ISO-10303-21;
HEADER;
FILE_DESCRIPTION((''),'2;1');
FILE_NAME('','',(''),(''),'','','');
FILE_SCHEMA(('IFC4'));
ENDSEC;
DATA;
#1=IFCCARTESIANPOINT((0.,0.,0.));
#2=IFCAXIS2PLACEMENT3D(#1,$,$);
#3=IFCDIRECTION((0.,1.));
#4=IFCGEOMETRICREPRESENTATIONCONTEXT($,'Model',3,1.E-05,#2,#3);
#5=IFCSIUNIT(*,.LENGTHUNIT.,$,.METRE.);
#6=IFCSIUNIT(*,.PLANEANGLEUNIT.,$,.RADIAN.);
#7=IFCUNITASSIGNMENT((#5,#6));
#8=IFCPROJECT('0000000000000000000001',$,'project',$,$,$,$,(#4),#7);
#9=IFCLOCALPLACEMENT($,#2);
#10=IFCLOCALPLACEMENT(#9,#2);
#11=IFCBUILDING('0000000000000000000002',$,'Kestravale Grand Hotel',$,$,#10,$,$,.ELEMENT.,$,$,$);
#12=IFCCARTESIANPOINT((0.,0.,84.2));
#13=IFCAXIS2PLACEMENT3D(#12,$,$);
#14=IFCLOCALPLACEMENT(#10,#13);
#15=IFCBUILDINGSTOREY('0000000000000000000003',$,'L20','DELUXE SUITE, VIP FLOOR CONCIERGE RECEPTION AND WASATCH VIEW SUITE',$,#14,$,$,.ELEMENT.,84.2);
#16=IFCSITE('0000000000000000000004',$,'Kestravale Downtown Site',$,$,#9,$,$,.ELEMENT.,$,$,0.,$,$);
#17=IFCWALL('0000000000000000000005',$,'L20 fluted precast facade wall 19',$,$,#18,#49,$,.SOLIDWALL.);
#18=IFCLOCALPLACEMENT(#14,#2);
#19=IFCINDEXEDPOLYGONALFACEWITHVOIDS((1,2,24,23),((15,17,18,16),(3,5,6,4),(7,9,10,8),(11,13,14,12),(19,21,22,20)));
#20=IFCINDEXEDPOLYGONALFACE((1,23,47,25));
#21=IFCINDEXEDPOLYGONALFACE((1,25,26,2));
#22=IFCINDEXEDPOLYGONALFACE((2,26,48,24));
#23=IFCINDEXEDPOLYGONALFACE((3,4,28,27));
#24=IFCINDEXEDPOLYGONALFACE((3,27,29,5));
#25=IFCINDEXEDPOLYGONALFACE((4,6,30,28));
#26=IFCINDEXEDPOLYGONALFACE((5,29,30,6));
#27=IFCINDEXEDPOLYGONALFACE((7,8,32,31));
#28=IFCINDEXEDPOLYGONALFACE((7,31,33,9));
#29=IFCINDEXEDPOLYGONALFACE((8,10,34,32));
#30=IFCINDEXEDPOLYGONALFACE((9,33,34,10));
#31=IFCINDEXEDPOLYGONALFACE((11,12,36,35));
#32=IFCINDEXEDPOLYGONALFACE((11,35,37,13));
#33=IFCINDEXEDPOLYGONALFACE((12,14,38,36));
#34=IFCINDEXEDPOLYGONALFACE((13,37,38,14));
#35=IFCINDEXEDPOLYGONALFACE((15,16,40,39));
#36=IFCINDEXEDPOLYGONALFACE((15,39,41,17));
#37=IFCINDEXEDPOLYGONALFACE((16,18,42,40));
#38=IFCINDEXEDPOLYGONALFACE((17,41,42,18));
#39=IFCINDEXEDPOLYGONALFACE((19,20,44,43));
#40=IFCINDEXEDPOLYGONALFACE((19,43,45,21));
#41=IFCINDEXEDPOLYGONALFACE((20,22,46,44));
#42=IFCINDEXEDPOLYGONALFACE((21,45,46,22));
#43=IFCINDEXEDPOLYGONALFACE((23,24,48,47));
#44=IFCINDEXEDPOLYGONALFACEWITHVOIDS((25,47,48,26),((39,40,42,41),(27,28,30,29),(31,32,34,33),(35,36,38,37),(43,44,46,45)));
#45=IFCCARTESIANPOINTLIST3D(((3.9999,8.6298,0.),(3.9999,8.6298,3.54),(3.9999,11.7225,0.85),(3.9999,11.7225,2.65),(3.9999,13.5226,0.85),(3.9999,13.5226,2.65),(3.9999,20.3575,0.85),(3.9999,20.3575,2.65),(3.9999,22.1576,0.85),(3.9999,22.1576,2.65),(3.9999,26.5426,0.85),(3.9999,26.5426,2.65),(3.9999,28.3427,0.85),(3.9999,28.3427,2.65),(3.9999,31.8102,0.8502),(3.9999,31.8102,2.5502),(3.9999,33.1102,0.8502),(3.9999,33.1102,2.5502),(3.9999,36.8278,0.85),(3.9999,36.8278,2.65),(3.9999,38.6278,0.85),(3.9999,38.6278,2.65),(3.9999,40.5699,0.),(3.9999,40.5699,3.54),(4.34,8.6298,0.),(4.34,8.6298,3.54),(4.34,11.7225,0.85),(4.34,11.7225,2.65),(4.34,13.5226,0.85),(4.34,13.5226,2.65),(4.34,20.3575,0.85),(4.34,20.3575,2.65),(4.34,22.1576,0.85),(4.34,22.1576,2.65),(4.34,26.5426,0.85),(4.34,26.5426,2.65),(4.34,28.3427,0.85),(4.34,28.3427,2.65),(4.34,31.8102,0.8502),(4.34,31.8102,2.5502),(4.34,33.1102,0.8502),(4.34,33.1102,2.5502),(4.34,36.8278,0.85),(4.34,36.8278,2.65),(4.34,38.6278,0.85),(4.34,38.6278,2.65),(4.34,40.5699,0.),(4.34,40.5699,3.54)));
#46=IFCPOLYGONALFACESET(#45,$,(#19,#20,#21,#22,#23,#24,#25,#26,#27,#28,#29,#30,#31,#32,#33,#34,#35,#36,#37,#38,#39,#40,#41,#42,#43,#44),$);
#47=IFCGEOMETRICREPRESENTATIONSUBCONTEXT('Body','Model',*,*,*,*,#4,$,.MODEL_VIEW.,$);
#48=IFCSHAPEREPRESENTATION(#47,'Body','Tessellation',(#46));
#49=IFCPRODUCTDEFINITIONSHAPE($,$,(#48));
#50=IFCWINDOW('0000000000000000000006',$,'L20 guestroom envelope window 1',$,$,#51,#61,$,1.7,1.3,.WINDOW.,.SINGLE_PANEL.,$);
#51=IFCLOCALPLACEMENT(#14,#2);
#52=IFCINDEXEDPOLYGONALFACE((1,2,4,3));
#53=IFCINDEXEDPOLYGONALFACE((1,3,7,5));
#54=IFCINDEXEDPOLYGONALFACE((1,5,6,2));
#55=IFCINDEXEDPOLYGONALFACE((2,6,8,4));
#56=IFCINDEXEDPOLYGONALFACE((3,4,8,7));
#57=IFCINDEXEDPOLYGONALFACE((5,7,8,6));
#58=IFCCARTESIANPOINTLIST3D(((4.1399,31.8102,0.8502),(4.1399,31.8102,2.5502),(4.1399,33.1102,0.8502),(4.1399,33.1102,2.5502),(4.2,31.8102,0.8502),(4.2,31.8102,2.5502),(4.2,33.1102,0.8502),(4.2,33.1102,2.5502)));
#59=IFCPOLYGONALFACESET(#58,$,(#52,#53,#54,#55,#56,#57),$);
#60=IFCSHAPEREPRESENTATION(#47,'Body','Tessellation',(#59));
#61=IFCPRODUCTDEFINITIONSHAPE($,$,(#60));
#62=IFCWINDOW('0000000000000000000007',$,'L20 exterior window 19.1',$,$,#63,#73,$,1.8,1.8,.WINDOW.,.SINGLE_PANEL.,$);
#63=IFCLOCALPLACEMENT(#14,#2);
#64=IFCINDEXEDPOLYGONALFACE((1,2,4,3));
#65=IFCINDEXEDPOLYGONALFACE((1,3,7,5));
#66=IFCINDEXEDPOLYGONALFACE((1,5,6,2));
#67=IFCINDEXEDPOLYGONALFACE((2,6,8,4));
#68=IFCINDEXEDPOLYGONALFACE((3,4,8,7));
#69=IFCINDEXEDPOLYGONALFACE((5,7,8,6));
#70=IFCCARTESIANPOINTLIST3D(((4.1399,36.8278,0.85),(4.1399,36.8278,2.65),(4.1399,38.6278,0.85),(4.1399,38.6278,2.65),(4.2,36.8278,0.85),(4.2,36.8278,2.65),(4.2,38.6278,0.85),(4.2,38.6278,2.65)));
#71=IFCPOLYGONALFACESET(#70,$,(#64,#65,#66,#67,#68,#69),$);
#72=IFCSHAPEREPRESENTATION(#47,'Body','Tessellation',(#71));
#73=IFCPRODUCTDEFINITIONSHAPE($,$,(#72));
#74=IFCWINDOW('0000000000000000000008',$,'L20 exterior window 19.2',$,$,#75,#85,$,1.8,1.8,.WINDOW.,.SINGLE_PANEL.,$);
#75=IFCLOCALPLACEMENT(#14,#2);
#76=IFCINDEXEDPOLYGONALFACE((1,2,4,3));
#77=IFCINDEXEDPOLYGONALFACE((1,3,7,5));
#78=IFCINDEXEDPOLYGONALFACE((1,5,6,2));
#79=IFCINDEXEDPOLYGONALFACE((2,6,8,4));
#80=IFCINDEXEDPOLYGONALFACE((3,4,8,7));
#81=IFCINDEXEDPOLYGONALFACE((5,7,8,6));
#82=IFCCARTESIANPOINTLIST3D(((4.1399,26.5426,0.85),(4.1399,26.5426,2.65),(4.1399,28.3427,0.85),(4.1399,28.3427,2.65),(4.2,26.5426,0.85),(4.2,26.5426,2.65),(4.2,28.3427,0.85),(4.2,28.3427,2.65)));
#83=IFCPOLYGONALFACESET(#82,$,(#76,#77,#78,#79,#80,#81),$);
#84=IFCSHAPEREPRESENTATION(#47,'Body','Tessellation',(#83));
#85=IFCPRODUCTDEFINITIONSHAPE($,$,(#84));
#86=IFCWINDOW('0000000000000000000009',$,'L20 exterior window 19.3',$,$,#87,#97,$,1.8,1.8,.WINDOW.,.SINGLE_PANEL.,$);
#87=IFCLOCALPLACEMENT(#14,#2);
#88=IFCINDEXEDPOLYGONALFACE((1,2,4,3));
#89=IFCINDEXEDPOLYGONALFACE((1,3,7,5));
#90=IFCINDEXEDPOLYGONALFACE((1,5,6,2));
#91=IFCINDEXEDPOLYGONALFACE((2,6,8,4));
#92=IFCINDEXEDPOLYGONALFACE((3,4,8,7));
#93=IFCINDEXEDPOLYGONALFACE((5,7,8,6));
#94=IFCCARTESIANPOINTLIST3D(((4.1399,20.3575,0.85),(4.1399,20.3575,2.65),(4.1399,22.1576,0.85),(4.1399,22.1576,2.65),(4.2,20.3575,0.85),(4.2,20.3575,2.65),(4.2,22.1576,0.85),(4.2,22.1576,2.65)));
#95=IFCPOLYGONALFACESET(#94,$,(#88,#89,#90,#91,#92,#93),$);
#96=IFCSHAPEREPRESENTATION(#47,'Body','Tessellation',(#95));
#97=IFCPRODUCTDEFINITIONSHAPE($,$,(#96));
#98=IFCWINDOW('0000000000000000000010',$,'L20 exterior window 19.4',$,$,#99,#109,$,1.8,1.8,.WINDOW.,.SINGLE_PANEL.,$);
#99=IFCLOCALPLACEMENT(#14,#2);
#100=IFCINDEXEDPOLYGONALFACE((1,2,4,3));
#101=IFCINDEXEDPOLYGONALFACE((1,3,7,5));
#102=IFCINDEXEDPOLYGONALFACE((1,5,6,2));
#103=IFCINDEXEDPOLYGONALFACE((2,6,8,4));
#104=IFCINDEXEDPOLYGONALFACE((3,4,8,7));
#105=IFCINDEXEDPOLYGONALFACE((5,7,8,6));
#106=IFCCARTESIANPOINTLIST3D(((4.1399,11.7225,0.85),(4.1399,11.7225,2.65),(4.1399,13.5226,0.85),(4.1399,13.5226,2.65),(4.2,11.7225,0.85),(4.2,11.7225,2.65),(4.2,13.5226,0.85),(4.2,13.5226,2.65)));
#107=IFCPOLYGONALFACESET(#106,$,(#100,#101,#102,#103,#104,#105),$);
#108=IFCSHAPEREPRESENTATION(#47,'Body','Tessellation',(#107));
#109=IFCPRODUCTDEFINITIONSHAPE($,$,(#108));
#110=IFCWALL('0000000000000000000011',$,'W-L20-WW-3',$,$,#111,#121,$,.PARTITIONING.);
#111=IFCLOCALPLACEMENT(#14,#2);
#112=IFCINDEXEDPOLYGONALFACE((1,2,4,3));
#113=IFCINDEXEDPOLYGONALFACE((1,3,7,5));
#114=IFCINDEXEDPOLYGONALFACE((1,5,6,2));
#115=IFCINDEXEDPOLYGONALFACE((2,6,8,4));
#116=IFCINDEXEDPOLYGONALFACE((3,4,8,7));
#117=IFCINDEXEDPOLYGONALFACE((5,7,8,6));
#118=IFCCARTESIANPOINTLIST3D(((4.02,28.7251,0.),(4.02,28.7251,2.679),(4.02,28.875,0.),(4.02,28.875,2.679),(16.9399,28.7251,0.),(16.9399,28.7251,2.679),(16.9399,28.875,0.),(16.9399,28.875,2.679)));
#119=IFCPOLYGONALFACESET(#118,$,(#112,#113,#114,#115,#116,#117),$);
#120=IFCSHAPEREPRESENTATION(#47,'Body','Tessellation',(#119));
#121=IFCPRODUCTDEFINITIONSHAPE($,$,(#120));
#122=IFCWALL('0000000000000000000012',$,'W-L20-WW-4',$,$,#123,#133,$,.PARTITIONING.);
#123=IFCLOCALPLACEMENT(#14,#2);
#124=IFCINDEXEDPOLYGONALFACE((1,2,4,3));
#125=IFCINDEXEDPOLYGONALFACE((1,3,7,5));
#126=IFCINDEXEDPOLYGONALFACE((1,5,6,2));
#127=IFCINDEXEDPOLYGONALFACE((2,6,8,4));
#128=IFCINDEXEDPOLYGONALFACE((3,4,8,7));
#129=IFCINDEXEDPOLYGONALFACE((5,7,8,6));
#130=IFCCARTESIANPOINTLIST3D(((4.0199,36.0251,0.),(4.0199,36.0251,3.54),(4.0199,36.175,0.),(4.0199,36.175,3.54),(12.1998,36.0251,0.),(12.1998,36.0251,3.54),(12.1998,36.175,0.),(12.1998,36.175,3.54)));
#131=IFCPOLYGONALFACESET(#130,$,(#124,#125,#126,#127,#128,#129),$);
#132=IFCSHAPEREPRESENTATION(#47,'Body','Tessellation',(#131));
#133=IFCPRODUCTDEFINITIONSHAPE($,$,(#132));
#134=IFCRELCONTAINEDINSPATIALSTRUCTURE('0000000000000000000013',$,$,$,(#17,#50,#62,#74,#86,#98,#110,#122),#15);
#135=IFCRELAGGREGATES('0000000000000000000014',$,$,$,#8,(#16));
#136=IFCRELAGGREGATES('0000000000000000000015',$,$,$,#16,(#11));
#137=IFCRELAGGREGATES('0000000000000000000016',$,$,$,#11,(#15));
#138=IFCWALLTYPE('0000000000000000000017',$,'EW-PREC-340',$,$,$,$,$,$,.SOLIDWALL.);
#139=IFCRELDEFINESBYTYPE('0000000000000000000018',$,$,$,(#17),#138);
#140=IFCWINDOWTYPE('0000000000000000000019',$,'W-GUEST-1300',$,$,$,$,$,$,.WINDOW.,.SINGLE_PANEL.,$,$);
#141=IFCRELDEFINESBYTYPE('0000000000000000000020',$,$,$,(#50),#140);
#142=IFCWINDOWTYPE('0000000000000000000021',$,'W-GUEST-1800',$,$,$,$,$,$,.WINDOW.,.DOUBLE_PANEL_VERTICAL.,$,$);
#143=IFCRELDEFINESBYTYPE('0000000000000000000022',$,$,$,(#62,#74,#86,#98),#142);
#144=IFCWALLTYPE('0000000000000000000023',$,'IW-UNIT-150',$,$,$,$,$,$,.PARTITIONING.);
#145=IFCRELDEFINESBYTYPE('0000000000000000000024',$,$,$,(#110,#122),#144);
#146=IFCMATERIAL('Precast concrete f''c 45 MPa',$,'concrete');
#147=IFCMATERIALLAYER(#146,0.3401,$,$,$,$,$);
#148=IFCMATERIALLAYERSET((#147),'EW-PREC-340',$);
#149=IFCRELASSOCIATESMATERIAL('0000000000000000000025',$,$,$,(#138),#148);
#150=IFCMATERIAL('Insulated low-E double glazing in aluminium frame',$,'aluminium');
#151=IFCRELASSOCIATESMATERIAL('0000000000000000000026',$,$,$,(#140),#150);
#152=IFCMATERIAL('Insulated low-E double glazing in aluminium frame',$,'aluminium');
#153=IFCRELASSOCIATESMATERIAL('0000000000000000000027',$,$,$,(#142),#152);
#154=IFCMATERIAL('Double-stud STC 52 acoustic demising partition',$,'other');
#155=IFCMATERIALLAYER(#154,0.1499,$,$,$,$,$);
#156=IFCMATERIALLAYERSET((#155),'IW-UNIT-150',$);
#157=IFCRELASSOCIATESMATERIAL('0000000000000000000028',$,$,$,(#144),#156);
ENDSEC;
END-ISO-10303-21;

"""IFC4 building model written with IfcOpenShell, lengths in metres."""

from ifc_helpers import new_model, si_unit, direction, frame, frame_2d, origin, place, context, subcontext, project, spatial, rectangle, extrude, material, layer, layer_set, type_object, element, fill, save


model = new_model("IFC4")

# Units and contexts
model_context = context("Model", 3, precision=1e-05, world=origin(), true_north=direction((0.0, 1.0)))
body_context = subcontext(model_context, "Body", "Model", "MODEL_VIEW")
ifc_project = project(units=[si_unit("LENGTHUNIT", "METRE"), si_unit("PLANEANGLEUNIT", "RADIAN")], contexts=[model_context])

# Site, building, storey
site_placement = place(None, origin())
site = spatial("IfcSite", under=ifc_project, at=site_placement, Name="Kestravale Downtown Site", CompositionType="ELEMENT", RefElevation=0.0)
building_placement = place(site_placement, origin())
building = spatial("IfcBuilding", under=site, at=building_placement, Name="Kestravale Grand Hotel", CompositionType="ELEMENT")
storey_placement = place(building_placement, frame((0.0, 0.0, 84.2)))
storey = spatial("IfcBuildingStorey", under=building, at=storey_placement, Name="L20", Description="DELUXE SUITE, VIP FLOOR CONCIERGE RECEPTION AND WASATCH VIEW SUITE", CompositionType="ELEMENT", Elevation=84.2)

# Wall, openings, windows
ifc_material_1 = material(Name="Precast concrete f'c 45 MPa", Category="concrete")
ifc_layer_1 = layer(ifc_material_1, 0.3401)
ifc_layer_set_1 = layer_set([ifc_layer_1], Name="EW-PREC-340")
wall_type_1 = type_object("IfcWallType", Name="EW-PREC-340", PredefinedType="SOLIDWALL", material=ifc_layer_set_1)
wall_1_placement = place(storey_placement, frame((4.1699, 40.5701, 0.0), z_axis=(0.0, 0.0, 1.0), x_axis=(0.0, -1.0, 0.0)))
wall_1 = element("IfcWall", 1, at=wall_1_placement, inside=storey, type_object=wall_type_1, Name="L20 fluted precast facade wall 19", PredefinedType="SOLIDWALL", context=body_context, shape_type="SweptSolid", body=[
    extrude(rectangle(XDim=31.9402, YDim=0.3401, at=frame_2d((15.9702, 0.0))), origin(), (0.0, 0.0, 1.0), 3.54),
])
opening_1_placement = place(wall_1_placement, frame((1.9424, 0.0, 0.8501)))
opening_1 = element("IfcOpeningElement", 2, at=opening_1_placement, cuts=wall_1, PredefinedType="OPENING", context=body_context, shape_type="SweptSolid", body=[
    extrude(rectangle(XDim=1.8, YDim=1.8, at=frame_2d((0.8999, 0.8999))), frame((0.0, 0.1799, 0.0), z_axis=(0.0, -1.0, 0.0), x_axis=(1.0, 0.0, 0.0)), (0.0, 0.0, 1.0), 0.3601),
])
opening_2_placement = place(wall_1_placement, frame((12.2275, 0.0, 0.8501)))
opening_2 = element("IfcOpeningElement", 3, at=opening_2_placement, cuts=wall_1, PredefinedType="OPENING", context=body_context, shape_type="SweptSolid", body=[
    extrude(rectangle(XDim=1.8, YDim=1.8, at=frame_2d((0.8999, 0.8999))), frame((0.0, 0.1799, 0.0), z_axis=(0.0, -1.0, 0.0), x_axis=(1.0, 0.0, 0.0)), (0.0, 0.0, 1.0), 0.3601),
])
opening_3_placement = place(wall_1_placement, frame((18.4126, 0.0, 0.8501)))
opening_3 = element("IfcOpeningElement", 4, at=opening_3_placement, cuts=wall_1, PredefinedType="OPENING", context=body_context, shape_type="SweptSolid", body=[
    extrude(rectangle(XDim=1.8, YDim=1.8, at=frame_2d((0.8999, 0.8999))), frame((0.0, 0.1799, 0.0), z_axis=(0.0, -1.0, 0.0), x_axis=(1.0, 0.0, 0.0)), (0.0, 0.0, 1.0), 0.3601),
])
opening_4_placement = place(wall_1_placement, frame((27.0476, 0.0, 0.8501)))
opening_4 = element("IfcOpeningElement", 5, at=opening_4_placement, cuts=wall_1, PredefinedType="OPENING", context=body_context, shape_type="SweptSolid", body=[
    extrude(rectangle(XDim=1.8, YDim=1.8, at=frame_2d((0.8999, 0.8999))), frame((0.0, 0.1799, 0.0), z_axis=(0.0, -1.0, 0.0), x_axis=(1.0, 0.0, 0.0)), (0.0, 0.0, 1.0), 0.3601),
])
opening_5_placement = place(wall_1_placement, frame((7.46, 0.0, 0.8501)))
opening_5 = element("IfcOpeningElement", 6, at=opening_5_placement, cuts=wall_1, PredefinedType="OPENING", context=body_context, shape_type="SweptSolid", body=[
    extrude(rectangle(XDim=1.3, YDim=1.7, at=frame_2d((0.6499, 0.8501))), frame((0.0, 0.1799, 0.0), z_axis=(0.0, -1.0, 0.0), x_axis=(1.0, 0.0, 0.0)), (0.0, 0.0, 1.0), 0.3601),
])
ifc_material_2 = material(Name="Insulated low-E double glazing in aluminium frame", Category="aluminium")
window_type_1 = type_object("IfcWindowType", Name="W-GUEST-1300", PartitioningType="SINGLE_PANEL", PredefinedType="WINDOW", material=ifc_material_2)
window_1_placement = place(opening_5_placement, origin())
window_1 = element("IfcWindow", 7, at=window_1_placement, inside=storey, type_object=window_type_1, Name="L20 guestroom envelope window 1", OverallHeight=1.7, OverallWidth=1.3, PartitioningType="SINGLE_PANEL", PredefinedType="WINDOW", context=body_context, shape_type="SweptSolid", body=[
    extrude(rectangle(XDim=1.3, YDim=1.7, at=frame_2d((0.6499, 0.8501))), frame((0.0, 0.03, 0.0), z_axis=(0.0, -1.0, 0.0), x_axis=(1.0, 0.0, 0.0)), (0.0, 0.0, 1.0), 0.0601),
])
fill(opening_5, window_1)
ifc_material_3 = material(Name="Insulated low-E double glazing in aluminium frame", Category="aluminium")
window_type_2 = type_object("IfcWindowType", Name="W-GUEST-1800", PartitioningType="DOUBLE_PANEL_VERTICAL", PredefinedType="WINDOW", material=ifc_material_3)
window_2_placement = place(opening_1_placement, origin())
window_2 = element("IfcWindow", 8, at=window_2_placement, inside=storey, type_object=window_type_2, Name="L20 exterior window 19.1", OverallHeight=1.8, OverallWidth=1.8, PartitioningType="SINGLE_PANEL", PredefinedType="WINDOW", context=body_context, shape_type="SweptSolid", body=[
    extrude(rectangle(XDim=1.8, YDim=1.8, at=frame_2d((0.8999, 0.8999))), frame((0.0, 0.03, 0.0), z_axis=(0.0, -1.0, 0.0), x_axis=(1.0, 0.0, 0.0)), (0.0, 0.0, 1.0), 0.0601),
])
fill(opening_1, window_2)
window_3_placement = place(opening_2_placement, origin())
window_3 = element("IfcWindow", 9, at=window_3_placement, inside=storey, type_object=window_type_2, Name="L20 exterior window 19.2", OverallHeight=1.8, OverallWidth=1.8, PartitioningType="SINGLE_PANEL", PredefinedType="WINDOW", context=body_context, shape_type="SweptSolid", body=[
    extrude(rectangle(XDim=1.8, YDim=1.8, at=frame_2d((0.8999, 0.8999))), frame((0.0, 0.03, 0.0), z_axis=(0.0, -1.0, 0.0), x_axis=(1.0, 0.0, 0.0)), (0.0, 0.0, 1.0), 0.0601),
])
fill(opening_2, window_3)
window_4_placement = place(opening_3_placement, origin())
window_4 = element("IfcWindow", 10, at=window_4_placement, inside=storey, type_object=window_type_2, Name="L20 exterior window 19.3", OverallHeight=1.8, OverallWidth=1.8, PartitioningType="SINGLE_PANEL", PredefinedType="WINDOW", context=body_context, shape_type="SweptSolid", body=[
    extrude(rectangle(XDim=1.8, YDim=1.8, at=frame_2d((0.8999, 0.8999))), frame((0.0, 0.03, 0.0), z_axis=(0.0, -1.0, 0.0), x_axis=(1.0, 0.0, 0.0)), (0.0, 0.0, 1.0), 0.0601),
])
fill(opening_3, window_4)
window_5_placement = place(opening_4_placement, origin())
window_5 = element("IfcWindow", 11, at=window_5_placement, inside=storey, type_object=window_type_2, Name="L20 exterior window 19.4", OverallHeight=1.8, OverallWidth=1.8, PartitioningType="SINGLE_PANEL", PredefinedType="WINDOW", context=body_context, shape_type="SweptSolid", body=[
    extrude(rectangle(XDim=1.8, YDim=1.8, at=frame_2d((0.8999, 0.8999))), frame((0.0, 0.03, 0.0), z_axis=(0.0, -1.0, 0.0), x_axis=(1.0, 0.0, 0.0)), (0.0, 0.0, 1.0), 0.0601),
])
fill(opening_4, window_5)

# Walls
ifc_material_4 = material(Name="Double-stud STC 52 acoustic demising partition", Category="other")
ifc_layer_2 = layer(ifc_material_4, 0.1499)
ifc_layer_set_2 = layer_set([ifc_layer_2], Name="IW-UNIT-150")
wall_type_2 = type_object("IfcWallType", Name="IW-UNIT-150", PredefinedType="PARTITIONING", material=ifc_layer_set_2)
wall_2_placement = place(storey_placement, frame((4.02, 28.8, 0.0), z_axis=(0.0, 0.0, 1.0), x_axis=(1.0, 0.0, 0.0)))
element("IfcWall", 12, at=wall_2_placement, inside=storey, type_object=wall_type_2, Name="W-L20-WW-3", PredefinedType="PARTITIONING", context=body_context, shape_type="SweptSolid", body=[
    extrude(rectangle(XDim=12.9199, YDim=0.1499, at=frame_2d((6.46, 0.0))), origin(), (0.0, 0.0, 1.0), 2.679),
])
wall_3_placement = place(storey_placement, frame((4.02, 36.1001, 0.0), z_axis=(0.0, 0.0, 1.0), x_axis=(1.0, 0.0, 0.0)))
element("IfcWall", 13, at=wall_3_placement, inside=storey, type_object=wall_type_2, Name="W-L20-WW-4", PredefinedType="PARTITIONING", context=body_context, shape_type="SweptSolid", body=[
    extrude(rectangle(XDim=8.1799, YDim=0.1499, at=frame_2d((4.0898, 0.0))), origin(), (0.0, 0.0, 1.0), 3.54),
])

save(model, "model.ifc")
